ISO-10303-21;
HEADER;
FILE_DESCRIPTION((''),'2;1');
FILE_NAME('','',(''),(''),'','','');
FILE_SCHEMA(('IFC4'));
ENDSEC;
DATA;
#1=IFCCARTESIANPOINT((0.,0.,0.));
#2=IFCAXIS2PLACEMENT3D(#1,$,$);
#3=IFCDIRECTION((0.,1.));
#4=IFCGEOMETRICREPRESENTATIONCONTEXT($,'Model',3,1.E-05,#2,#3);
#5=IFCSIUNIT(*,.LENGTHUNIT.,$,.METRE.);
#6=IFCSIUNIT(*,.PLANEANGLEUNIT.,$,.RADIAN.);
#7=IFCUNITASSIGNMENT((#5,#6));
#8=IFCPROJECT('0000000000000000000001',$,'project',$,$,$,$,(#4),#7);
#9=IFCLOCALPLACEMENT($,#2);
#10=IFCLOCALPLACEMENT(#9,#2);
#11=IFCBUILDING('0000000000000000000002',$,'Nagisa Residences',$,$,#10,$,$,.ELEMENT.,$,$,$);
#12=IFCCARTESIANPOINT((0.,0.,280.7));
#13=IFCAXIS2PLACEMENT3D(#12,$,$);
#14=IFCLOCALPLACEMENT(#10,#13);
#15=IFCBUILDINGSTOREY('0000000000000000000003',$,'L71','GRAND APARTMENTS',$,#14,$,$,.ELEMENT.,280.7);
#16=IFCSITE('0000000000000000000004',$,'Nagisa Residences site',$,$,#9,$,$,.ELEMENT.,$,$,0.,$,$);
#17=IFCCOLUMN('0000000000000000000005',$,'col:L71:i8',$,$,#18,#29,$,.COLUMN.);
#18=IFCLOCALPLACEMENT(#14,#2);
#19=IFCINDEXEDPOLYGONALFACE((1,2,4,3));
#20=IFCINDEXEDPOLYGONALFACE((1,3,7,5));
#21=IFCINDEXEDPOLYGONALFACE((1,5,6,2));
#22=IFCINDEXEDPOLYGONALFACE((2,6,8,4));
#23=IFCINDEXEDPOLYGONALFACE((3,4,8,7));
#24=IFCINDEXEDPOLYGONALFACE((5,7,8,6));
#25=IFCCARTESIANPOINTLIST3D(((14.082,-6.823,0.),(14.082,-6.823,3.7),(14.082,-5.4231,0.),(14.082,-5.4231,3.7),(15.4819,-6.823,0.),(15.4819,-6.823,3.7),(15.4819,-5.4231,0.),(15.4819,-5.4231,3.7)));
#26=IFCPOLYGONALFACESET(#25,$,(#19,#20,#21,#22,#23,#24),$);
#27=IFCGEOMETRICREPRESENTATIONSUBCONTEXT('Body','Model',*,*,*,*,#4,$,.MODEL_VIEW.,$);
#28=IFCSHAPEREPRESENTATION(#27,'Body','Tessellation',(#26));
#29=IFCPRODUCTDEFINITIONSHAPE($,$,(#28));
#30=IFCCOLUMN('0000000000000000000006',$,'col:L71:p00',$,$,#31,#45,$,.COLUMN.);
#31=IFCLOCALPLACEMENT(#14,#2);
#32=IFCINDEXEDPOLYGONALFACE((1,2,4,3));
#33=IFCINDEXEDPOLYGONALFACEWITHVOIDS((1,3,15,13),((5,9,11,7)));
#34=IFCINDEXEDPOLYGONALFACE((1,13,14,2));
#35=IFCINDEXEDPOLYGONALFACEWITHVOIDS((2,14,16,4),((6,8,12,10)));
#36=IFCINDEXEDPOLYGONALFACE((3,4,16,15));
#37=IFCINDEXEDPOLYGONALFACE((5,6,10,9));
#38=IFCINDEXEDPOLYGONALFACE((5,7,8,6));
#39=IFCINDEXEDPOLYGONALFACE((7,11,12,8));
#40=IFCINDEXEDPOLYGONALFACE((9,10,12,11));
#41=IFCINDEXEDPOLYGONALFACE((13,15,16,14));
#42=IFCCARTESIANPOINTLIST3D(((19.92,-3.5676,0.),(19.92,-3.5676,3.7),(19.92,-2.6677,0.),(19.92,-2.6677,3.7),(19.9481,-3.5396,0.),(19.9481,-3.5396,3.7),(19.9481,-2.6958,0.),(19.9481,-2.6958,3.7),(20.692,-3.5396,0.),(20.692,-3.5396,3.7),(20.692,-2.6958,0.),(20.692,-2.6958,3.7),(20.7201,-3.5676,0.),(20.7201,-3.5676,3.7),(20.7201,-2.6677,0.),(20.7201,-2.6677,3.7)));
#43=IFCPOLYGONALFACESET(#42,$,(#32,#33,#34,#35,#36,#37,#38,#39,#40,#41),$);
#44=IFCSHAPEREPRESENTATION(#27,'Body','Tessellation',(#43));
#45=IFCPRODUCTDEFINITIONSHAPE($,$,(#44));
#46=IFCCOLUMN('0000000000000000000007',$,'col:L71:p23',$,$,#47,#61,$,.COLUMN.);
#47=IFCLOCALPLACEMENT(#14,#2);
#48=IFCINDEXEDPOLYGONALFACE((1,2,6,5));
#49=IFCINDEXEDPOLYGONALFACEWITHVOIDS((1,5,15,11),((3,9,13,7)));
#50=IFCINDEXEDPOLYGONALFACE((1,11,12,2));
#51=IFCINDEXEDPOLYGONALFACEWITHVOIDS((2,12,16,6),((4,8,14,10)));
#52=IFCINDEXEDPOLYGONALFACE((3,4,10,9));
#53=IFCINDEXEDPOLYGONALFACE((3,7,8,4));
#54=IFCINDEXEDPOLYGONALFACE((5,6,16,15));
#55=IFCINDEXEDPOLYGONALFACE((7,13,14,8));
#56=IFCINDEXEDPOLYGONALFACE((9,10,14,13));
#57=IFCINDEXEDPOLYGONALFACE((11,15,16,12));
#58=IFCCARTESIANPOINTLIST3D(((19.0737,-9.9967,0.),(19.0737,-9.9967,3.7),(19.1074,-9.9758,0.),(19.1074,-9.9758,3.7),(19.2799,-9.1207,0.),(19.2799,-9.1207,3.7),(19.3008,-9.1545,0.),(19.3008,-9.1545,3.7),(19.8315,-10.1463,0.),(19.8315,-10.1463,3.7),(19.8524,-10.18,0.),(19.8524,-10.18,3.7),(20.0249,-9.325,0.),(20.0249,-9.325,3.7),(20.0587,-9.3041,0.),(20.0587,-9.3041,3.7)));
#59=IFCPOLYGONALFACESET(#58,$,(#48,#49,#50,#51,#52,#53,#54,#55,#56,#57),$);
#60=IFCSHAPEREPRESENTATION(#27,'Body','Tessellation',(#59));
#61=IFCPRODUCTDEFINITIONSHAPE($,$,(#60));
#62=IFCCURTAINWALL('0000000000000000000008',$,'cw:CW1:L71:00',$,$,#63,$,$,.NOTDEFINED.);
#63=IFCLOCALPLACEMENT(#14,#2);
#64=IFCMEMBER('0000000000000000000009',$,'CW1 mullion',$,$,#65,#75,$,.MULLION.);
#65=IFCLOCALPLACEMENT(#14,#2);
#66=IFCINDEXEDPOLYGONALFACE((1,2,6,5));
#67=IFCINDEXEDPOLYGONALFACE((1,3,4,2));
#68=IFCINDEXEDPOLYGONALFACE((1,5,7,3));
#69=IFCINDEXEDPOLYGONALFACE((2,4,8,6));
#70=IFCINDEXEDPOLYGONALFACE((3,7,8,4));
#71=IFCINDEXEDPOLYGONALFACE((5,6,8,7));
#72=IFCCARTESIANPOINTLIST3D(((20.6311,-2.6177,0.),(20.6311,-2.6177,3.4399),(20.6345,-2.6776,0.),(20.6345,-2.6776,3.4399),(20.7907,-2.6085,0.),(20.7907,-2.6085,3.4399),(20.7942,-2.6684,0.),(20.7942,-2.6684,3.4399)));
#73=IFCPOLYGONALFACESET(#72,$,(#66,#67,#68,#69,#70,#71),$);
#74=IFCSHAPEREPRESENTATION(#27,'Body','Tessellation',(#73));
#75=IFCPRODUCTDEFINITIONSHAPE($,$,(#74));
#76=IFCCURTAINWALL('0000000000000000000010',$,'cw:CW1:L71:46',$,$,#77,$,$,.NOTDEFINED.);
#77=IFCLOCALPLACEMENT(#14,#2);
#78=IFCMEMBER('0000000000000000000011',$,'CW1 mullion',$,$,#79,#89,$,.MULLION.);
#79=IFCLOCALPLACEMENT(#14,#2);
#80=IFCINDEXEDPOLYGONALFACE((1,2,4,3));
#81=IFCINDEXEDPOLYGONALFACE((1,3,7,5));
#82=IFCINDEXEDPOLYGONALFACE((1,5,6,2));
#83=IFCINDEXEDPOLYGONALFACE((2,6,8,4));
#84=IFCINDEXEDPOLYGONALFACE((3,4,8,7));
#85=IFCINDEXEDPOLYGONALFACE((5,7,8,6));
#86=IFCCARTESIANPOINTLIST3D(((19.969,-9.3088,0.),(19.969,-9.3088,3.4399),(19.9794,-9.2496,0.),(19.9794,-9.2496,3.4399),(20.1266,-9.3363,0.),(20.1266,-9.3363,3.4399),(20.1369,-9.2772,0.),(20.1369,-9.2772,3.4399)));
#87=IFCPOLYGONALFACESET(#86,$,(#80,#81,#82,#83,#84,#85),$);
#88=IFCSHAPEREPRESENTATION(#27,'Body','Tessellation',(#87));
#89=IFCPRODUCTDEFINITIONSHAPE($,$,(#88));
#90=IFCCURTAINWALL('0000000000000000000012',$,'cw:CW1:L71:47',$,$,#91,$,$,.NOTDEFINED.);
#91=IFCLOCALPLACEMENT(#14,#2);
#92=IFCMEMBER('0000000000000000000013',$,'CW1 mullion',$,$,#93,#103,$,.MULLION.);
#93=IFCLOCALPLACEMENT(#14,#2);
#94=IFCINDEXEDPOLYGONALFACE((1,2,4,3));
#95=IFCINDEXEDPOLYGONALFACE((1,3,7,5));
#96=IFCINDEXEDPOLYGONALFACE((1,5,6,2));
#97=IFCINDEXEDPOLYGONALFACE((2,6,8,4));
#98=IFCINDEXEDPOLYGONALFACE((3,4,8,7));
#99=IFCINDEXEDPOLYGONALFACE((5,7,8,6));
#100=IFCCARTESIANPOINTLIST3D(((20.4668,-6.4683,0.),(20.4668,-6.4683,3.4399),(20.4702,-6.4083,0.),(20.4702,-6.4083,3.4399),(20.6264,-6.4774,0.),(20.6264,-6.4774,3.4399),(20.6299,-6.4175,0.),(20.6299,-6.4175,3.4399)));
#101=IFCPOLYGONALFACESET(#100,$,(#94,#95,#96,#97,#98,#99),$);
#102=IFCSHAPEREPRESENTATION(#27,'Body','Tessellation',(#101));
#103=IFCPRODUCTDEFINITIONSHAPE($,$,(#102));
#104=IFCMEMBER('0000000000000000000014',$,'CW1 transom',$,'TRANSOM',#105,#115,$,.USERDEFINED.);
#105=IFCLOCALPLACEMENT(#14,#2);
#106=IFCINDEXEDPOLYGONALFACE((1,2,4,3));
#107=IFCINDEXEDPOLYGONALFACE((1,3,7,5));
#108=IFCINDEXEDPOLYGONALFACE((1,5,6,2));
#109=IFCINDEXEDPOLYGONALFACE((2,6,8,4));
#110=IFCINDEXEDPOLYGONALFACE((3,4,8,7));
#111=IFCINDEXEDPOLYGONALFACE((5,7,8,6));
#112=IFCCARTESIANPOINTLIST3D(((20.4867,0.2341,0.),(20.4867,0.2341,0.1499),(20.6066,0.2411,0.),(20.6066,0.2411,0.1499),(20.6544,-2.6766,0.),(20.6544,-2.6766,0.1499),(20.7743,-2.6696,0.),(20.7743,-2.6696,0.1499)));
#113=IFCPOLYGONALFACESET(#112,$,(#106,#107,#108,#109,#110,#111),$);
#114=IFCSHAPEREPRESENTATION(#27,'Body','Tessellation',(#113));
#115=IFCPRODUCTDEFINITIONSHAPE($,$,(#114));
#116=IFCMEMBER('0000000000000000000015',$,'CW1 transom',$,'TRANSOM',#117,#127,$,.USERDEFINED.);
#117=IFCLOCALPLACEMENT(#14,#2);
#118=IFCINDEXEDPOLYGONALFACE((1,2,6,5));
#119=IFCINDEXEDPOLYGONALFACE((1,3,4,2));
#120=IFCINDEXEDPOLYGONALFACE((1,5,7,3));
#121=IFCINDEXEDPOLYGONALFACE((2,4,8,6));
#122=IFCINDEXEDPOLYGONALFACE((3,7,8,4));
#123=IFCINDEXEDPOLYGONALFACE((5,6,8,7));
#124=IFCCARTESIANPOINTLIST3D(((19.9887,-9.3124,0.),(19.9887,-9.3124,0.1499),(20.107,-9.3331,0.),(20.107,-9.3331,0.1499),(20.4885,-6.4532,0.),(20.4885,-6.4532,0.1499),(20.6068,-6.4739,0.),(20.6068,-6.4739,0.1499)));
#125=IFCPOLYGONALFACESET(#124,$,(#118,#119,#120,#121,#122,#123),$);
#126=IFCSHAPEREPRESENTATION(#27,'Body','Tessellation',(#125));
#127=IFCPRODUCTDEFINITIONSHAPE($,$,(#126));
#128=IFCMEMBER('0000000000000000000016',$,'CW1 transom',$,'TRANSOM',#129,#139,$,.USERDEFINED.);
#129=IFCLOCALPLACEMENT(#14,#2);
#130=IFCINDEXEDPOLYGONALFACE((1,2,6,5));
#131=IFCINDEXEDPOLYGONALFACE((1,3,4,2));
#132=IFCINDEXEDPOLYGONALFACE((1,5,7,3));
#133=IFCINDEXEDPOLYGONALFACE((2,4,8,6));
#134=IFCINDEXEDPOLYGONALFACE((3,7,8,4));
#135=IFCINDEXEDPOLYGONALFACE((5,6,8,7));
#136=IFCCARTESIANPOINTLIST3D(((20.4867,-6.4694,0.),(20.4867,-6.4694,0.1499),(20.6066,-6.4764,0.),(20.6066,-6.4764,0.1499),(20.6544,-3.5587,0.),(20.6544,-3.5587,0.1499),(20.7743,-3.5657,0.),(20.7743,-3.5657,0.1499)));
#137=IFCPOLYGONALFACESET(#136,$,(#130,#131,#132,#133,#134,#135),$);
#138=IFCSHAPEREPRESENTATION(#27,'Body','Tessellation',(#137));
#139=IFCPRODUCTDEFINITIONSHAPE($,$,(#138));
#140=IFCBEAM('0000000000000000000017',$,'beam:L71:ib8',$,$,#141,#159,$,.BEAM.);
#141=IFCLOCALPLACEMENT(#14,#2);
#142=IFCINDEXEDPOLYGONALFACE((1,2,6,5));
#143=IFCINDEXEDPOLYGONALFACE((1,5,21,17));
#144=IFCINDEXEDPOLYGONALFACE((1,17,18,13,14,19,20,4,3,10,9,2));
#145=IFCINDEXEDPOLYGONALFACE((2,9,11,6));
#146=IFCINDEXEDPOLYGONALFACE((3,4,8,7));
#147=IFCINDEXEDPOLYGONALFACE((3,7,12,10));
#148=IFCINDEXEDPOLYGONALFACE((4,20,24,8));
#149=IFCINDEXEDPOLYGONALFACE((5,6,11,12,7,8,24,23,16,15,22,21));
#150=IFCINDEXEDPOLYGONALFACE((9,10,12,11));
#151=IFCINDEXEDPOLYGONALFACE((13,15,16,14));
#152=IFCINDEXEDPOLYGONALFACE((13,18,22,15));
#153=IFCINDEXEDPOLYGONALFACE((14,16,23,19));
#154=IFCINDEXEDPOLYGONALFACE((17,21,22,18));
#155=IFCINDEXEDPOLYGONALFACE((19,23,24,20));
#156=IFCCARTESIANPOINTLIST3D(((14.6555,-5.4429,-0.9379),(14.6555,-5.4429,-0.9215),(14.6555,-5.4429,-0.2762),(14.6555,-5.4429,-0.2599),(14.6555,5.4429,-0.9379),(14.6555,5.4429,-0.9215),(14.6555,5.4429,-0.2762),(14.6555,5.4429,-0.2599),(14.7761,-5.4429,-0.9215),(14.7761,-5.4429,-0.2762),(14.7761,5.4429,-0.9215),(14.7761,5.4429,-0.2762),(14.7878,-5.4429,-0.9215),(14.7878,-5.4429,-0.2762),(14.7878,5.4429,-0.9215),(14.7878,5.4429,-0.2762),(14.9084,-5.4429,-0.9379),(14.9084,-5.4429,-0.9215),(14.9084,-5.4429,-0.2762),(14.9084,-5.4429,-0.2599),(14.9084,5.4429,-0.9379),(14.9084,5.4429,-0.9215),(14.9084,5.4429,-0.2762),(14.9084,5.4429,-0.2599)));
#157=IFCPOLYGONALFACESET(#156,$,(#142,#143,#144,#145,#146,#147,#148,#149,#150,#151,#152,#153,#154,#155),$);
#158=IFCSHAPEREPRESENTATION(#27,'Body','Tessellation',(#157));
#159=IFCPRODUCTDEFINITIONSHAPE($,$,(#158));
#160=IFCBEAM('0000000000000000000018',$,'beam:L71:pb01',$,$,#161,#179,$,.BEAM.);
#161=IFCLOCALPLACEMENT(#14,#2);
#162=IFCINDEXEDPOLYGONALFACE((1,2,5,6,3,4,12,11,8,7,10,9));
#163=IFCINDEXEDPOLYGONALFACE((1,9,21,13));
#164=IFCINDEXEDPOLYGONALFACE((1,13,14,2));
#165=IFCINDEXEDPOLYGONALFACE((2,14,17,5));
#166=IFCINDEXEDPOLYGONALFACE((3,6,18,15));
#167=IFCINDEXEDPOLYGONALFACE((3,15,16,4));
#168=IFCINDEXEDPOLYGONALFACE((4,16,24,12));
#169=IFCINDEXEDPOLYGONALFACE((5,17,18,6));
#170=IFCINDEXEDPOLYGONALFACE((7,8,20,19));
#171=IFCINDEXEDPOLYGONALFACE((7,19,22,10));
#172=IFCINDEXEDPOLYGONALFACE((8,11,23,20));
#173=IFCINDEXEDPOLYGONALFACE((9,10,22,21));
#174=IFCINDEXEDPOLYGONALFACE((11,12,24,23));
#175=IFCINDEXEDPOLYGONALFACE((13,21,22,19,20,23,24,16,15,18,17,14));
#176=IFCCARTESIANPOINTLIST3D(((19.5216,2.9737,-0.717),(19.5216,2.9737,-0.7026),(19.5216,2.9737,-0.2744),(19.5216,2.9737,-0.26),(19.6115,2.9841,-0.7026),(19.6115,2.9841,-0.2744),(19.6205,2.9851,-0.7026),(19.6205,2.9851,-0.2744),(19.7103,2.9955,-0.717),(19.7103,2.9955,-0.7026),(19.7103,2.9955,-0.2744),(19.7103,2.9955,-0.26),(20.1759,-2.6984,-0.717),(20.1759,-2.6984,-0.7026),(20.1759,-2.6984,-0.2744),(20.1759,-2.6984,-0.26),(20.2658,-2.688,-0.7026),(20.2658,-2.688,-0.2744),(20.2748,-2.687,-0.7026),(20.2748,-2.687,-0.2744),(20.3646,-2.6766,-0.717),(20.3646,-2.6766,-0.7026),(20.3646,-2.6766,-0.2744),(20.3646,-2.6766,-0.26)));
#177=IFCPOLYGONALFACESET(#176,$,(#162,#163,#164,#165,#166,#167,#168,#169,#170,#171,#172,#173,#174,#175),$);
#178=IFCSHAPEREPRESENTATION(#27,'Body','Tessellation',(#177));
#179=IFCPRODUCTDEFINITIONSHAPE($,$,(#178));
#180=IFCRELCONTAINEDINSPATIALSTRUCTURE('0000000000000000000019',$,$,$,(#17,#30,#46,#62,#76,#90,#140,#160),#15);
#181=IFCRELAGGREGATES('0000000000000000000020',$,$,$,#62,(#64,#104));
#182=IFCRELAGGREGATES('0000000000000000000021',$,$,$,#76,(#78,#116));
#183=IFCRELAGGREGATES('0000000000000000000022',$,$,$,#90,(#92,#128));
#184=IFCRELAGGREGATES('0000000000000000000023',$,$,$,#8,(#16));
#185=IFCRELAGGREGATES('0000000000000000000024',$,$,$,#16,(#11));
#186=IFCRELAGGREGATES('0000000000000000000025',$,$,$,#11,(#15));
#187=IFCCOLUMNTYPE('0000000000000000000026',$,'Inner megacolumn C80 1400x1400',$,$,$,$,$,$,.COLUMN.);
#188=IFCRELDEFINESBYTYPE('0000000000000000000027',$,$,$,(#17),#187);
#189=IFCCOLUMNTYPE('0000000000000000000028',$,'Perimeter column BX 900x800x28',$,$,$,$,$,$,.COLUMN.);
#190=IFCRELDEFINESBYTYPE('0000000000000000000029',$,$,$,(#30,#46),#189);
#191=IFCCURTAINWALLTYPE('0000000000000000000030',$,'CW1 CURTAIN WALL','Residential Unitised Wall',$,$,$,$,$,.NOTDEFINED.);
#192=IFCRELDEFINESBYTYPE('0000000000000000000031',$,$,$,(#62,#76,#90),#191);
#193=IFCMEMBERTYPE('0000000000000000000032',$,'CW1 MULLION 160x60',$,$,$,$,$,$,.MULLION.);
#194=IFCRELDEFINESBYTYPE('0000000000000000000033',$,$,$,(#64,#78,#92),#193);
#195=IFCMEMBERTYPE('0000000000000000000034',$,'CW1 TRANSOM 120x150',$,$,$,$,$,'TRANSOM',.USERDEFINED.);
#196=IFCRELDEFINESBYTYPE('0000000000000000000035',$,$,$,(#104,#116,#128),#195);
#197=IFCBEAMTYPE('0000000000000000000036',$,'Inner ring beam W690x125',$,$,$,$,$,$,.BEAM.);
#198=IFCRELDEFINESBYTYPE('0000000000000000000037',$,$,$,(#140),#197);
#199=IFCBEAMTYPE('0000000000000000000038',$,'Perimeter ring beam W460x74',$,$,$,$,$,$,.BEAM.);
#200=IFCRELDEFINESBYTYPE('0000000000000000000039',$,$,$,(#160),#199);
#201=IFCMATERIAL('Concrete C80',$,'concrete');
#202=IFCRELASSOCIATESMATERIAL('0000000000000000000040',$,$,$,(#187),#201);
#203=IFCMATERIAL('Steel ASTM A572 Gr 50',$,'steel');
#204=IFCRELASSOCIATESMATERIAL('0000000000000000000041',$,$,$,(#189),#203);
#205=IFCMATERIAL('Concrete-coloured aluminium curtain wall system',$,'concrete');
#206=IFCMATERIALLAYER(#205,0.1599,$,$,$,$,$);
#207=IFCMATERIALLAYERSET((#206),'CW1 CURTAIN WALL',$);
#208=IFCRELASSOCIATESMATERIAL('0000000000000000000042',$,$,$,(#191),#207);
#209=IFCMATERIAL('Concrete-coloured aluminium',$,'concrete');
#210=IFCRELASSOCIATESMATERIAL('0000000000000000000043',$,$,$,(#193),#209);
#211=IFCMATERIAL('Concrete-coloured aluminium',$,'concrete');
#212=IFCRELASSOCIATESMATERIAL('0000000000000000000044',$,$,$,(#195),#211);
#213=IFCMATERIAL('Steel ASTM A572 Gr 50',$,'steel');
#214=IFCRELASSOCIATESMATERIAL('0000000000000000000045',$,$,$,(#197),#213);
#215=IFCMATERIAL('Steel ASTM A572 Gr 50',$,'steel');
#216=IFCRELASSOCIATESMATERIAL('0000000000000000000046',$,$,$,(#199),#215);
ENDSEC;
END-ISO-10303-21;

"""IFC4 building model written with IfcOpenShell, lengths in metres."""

from ifc_helpers import new_model, si_unit, direction, frame, origin, origin_2d, place, context, subcontext, project, spatial, rectangle, hollow_rectangle, i_section, extrude, material, layer, layer_set, material_profile, profile_set, type_object, element, aggregate, save


model = new_model("IFC4")

# Units and contexts
model_context = context("Model", 3, precision=1e-05, world=origin(), true_north=direction((0.0, 1.0)))
body_context = subcontext(model_context, "Body", "Model", "MODEL_VIEW")
ifc_project = project(units=[si_unit("LENGTHUNIT", "METRE"), si_unit("PLANEANGLEUNIT", "RADIAN")], contexts=[model_context])

# Site, building, storey
site_placement = place(None, origin())
site = spatial("IfcSite", under=ifc_project, at=site_placement, Name="Nagisa Residences site", CompositionType="ELEMENT", RefElevation=0.0)
building_placement = place(site_placement, origin())
building = spatial("IfcBuilding", under=site, at=building_placement, Name="Nagisa Residences", CompositionType="ELEMENT")
storey_placement = place(building_placement, frame((0.0, 0.0, 280.7)))
storey = spatial("IfcBuildingStorey", under=building, at=storey_placement, Name="L71", Description="GRAND APARTMENTS", CompositionType="ELEMENT", Elevation=280.7)

# Columns
ifc_material_1 = material(Name="Concrete C80", Category="concrete")
ifc_material_profile_1 = material_profile(ifc_material_1, rectangle(XDim=1.3999, YDim=1.3999, at=origin_2d()), Name="C80 1400x1400")
ifc_profile_set_1 = profile_set([ifc_material_profile_1], Name="Concrete C80")
column_type_1 = type_object("IfcColumnType", Name="Inner megacolumn C80 1400x1400", PredefinedType="COLUMN", material=ifc_profile_set_1)
column_placement = place(storey_placement, frame((14.782, -6.123, 0.0), z_axis=(0.0, 0.0, 1.0), x_axis=(1.0, 0.0, 0.0)))
element("IfcColumn", 1, at=column_placement, inside=storey, type_object=column_type_1, Name="col:L71:i8", PredefinedType="COLUMN", context=body_context, shape_type="SweptSolid", body=[
    extrude(rectangle(XDim=1.3999, YDim=1.3999, at=origin_2d()), origin(), (0.0, 0.0, 1.0), 3.7),
])
ifc_material_2 = material(Name="Steel ASTM A572 Gr 50", Category="steel")
ifc_material_profile_2 = material_profile(ifc_material_2, hollow_rectangle(XDim=0.8999, YDim=0.8, WallThickness=0.0281, at=origin_2d()), Name="BX 900x800x28")
ifc_profile_set_2 = profile_set([ifc_material_profile_2], Name="Steel ASTM A572 Gr 50")
column_type_2 = type_object("IfcColumnType", Name="Perimeter column BX 900x800x28", PredefinedType="COLUMN", material=ifc_profile_set_2)
for number, where, z_axis, x_axis, name in (
    (2, (20.3201, -3.1177, 0.0), (0.0, 0.0, 1.0), (0.0, 1.0, 0.0), "col:L71:p00"),
    (3, (19.5662, -9.6504, 0.0), (0.0, 0.0, 1.0), (0.229202, 0.973379, 0.0), "col:L71:p23"),
):
    element("IfcColumn", number, at=place(storey_placement, frame(where, z_axis=z_axis, x_axis=x_axis)), inside=storey, type_object=column_type_2, Name=name, PredefinedType="COLUMN", context=body_context, shape_type="SweptSolid", body=[
        extrude(hollow_rectangle(XDim=0.8999, YDim=0.8, WallThickness=0.0281, at=origin_2d()), origin(), (0.0, 0.0, 1.0), 3.7),
    ])

# Curtain walls, members
ifc_material_3 = material(Name="Concrete-coloured aluminium curtain wall system", Category="concrete")
ifc_layer_1 = layer(ifc_material_3, 0.1599)
ifc_layer_set_1 = layer_set([ifc_layer_1], Name="CW1 CURTAIN WALL")
curtain_wall_type = type_object("IfcCurtainWallType", Name="CW1 CURTAIN WALL", Description="Residential Unitised Wall", PredefinedType="NOTDEFINED", material=ifc_layer_set_1)
curtain_wall_1_placement = place(storey_placement, origin())
curtain_wall_1 = element("IfcCurtainWall", 4, at=curtain_wall_1_placement, inside=storey, type_object=curtain_wall_type, Name="cw:CW1:L71:00", PredefinedType="NOTDEFINED")
ifc_material_4 = material(Name="Concrete-coloured aluminium", Category="concrete")
ifc_material_profile_3 = material_profile(ifc_material_4, rectangle(XDim=0.1599, YDim=0.0601, at=origin_2d()), Name="CW1 MULLION 160x60")
ifc_profile_set_3 = profile_set([ifc_material_profile_3], Name="Concrete-coloured aluminium")
member_type_1 = type_object("IfcMemberType", Name="CW1 MULLION 160x60", PredefinedType="MULLION", material=ifc_profile_set_3)
member_1_placement = place(storey_placement, frame((20.7126, -2.6431, 0.0), z_axis=(0.0, 0.0, 1.0), x_axis=(-0.998345, -0.057503, 0.0)))
member_1 = element("IfcMember", 5, at=member_1_placement, type_object=member_type_1, Name="CW1 mullion", PredefinedType="MULLION", context=body_context, shape_type="SweptSolid", body=[
    extrude(rectangle(XDim=0.1599, YDim=0.0601, at=origin_2d()), origin(), (0.0, 0.0, 1.0), 3.4399),
])
curtain_wall_2_placement = place(storey_placement, origin())
curtain_wall_2 = element("IfcCurtainWall", 6, at=curtain_wall_2_placement, inside=storey, type_object=curtain_wall_type, Name="cw:CW1:L71:46", PredefinedType="NOTDEFINED")
member_2_placement = place(storey_placement, frame((20.053, -9.293, 0.0), z_axis=(0.0, 0.0, 1.0), x_axis=(-0.985064, 0.172191, 0.0)))
member_2 = element("IfcMember", 7, at=member_2_placement, type_object=member_type_1, Name="CW1 mullion", PredefinedType="MULLION", context=body_context, shape_type="SweptSolid", body=[
    extrude(rectangle(XDim=0.1599, YDim=0.0601, at=origin_2d()), origin(), (0.0, 0.0, 1.0), 3.4399),
])
curtain_wall_3_placement = place(storey_placement, origin())
curtain_wall_3 = element("IfcCurtainWall", 8, at=curtain_wall_3_placement, inside=storey, type_object=curtain_wall_type, Name="cw:CW1:L71:47", PredefinedType="NOTDEFINED")
member_3_placement = place(storey_placement, frame((20.5483, -6.4429, 0.0), z_axis=(0.0, 0.0, 1.0), x_axis=(-0.998345, 0.057503, 0.0)))
member_3 = element("IfcMember", 9, at=member_3_placement, type_object=member_type_1, Name="CW1 mullion", PredefinedType="MULLION", context=body_context, shape_type="SweptSolid", body=[
    extrude(rectangle(XDim=0.1599, YDim=0.0601, at=origin_2d()), origin(), (0.0, 0.0, 1.0), 3.4399),
])

# Members
ifc_material_5 = material(Name="Concrete-coloured aluminium", Category="concrete")
ifc_material_profile_4 = material_profile(ifc_material_5, rectangle(XDim=0.1201, YDim=0.1499, at=origin_2d()), Name="CW1 TRANSOM 120x150")
ifc_profile_set_4 = profile_set([ifc_material_profile_4], Name="Concrete-coloured aluminium")
member_type_2 = type_object("IfcMemberType", Name="CW1 TRANSOM 120x150", ElementType="TRANSOM", PredefinedType="USERDEFINED", material=ifc_profile_set_4)
member_4_placement = place(storey_placement, frame((20.7144, -2.6731, 0.075), z_axis=(-0.057529, 0.998344, 0.0), x_axis=(-0.998344, -0.057529, 0.0)))
member_4 = element("IfcMember", 10, at=member_4_placement, type_object=member_type_2, Name="CW1 transom", ObjectType="TRANSOM", PredefinedType="USERDEFINED", context=body_context, shape_type="SweptSolid", body=[
    extrude(rectangle(XDim=0.1201, YDim=0.1499, at=origin_2d()), origin(), (0.0, 0.0, 1.0), 2.9155),
])
member_5_placement = place(storey_placement, frame((20.0479, -9.3228, 0.075), z_axis=(0.172182, 0.985065, 0.0), x_axis=(-0.985065, 0.172182, 0.0)))
member_5 = element("IfcMember", 11, at=member_5_placement, type_object=member_type_2, Name="CW1 transom", ObjectType="TRANSOM", PredefinedType="USERDEFINED", context=body_context, shape_type="SweptSolid", body=[
    extrude(rectangle(XDim=0.1201, YDim=0.1499, at=origin_2d()), origin(), (0.0, 0.0, 1.0), 2.9026),
])
member_6_placement = place(storey_placement, frame((20.5466, -6.4729, 0.075), z_axis=(0.057529, 0.998344, 0.0), x_axis=(-0.998344, 0.057529, 0.0)))
member_6 = element("IfcMember", 12, at=member_6_placement, type_object=member_type_2, Name="CW1 transom", ObjectType="TRANSOM", PredefinedType="USERDEFINED", context=body_context, shape_type="SweptSolid", body=[
    extrude(rectangle(XDim=0.1201, YDim=0.1499, at=origin_2d()), origin(), (0.0, 0.0, 1.0), 2.9155),
])

# Beams
ifc_material_6 = material(Name="Steel ASTM A572 Gr 50", Category="steel")
ifc_material_profile_5 = material_profile(ifc_material_6, i_section(OverallWidth=0.2529, OverallDepth=0.678, WebThickness=0.0117, FlangeThickness=0.0164, at=origin_2d()), Name="W690x125")
ifc_profile_set_5 = profile_set([ifc_material_profile_5], Name="Steel ASTM A572 Gr 50")
beam_type_1 = type_object("IfcBeamType", Name="Inner ring beam W690x125", PredefinedType="BEAM", material=ifc_profile_set_5)
beam_1_placement = place(storey_placement, frame((14.782, -5.4429, -0.5989), z_axis=(0.0, 1.0, 0.0), x_axis=(-1.0, 0.0, 0.0)))
element("IfcBeam", 13, at=beam_1_placement, inside=storey, type_object=beam_type_1, Name="beam:L71:ib8", PredefinedType="BEAM", context=body_context, shape_type="SweptSolid", body=[
    extrude(i_section(OverallWidth=0.2529, OverallDepth=0.678, WebThickness=0.0117, FlangeThickness=0.0164, at=origin_2d()), origin(), (0.0, 0.0, 1.0), 10.8857),
])
ifc_material_7 = material(Name="Steel ASTM A572 Gr 50", Category="steel")
ifc_material_profile_6 = material_profile(ifc_material_7, i_section(OverallWidth=0.1899, OverallDepth=0.457, WebThickness=0.009, FlangeThickness=0.0144, at=origin_2d()), Name="W460x74")
ifc_profile_set_6 = profile_set([ifc_material_profile_6], Name="Steel ASTM A572 Gr 50")
beam_type_2 = type_object("IfcBeamType", Name="Perimeter ring beam W460x74", PredefinedType="BEAM", material=ifc_profile_set_6)
for number, where, z_axis, x_axis, name in (
    (14, (20.2703, -2.6875, -0.4885), (-0.114593, 0.993412, 0.0), (-0.993412, -0.114593, 0.0), "beam:L71:pb01"),
):
    element("IfcBeam", number, at=place(storey_placement, frame(where, z_axis=z_axis, x_axis=x_axis)), inside=storey, type_object=beam_type_2, Name=name, PredefinedType="BEAM", context=body_context, shape_type="SweptSolid", body=[
        extrude(i_section(OverallWidth=0.1899, OverallDepth=0.457, WebThickness=0.009, FlangeThickness=0.0144, at=origin_2d()), origin(), (0.0, 0.0, 1.0), 5.7097),
    ])

aggregate(curtain_wall_1, [member_1, member_4])
aggregate(curtain_wall_2, [member_2, member_5])
aggregate(curtain_wall_3, [member_3, member_6])

save(model, "model.ifc")
